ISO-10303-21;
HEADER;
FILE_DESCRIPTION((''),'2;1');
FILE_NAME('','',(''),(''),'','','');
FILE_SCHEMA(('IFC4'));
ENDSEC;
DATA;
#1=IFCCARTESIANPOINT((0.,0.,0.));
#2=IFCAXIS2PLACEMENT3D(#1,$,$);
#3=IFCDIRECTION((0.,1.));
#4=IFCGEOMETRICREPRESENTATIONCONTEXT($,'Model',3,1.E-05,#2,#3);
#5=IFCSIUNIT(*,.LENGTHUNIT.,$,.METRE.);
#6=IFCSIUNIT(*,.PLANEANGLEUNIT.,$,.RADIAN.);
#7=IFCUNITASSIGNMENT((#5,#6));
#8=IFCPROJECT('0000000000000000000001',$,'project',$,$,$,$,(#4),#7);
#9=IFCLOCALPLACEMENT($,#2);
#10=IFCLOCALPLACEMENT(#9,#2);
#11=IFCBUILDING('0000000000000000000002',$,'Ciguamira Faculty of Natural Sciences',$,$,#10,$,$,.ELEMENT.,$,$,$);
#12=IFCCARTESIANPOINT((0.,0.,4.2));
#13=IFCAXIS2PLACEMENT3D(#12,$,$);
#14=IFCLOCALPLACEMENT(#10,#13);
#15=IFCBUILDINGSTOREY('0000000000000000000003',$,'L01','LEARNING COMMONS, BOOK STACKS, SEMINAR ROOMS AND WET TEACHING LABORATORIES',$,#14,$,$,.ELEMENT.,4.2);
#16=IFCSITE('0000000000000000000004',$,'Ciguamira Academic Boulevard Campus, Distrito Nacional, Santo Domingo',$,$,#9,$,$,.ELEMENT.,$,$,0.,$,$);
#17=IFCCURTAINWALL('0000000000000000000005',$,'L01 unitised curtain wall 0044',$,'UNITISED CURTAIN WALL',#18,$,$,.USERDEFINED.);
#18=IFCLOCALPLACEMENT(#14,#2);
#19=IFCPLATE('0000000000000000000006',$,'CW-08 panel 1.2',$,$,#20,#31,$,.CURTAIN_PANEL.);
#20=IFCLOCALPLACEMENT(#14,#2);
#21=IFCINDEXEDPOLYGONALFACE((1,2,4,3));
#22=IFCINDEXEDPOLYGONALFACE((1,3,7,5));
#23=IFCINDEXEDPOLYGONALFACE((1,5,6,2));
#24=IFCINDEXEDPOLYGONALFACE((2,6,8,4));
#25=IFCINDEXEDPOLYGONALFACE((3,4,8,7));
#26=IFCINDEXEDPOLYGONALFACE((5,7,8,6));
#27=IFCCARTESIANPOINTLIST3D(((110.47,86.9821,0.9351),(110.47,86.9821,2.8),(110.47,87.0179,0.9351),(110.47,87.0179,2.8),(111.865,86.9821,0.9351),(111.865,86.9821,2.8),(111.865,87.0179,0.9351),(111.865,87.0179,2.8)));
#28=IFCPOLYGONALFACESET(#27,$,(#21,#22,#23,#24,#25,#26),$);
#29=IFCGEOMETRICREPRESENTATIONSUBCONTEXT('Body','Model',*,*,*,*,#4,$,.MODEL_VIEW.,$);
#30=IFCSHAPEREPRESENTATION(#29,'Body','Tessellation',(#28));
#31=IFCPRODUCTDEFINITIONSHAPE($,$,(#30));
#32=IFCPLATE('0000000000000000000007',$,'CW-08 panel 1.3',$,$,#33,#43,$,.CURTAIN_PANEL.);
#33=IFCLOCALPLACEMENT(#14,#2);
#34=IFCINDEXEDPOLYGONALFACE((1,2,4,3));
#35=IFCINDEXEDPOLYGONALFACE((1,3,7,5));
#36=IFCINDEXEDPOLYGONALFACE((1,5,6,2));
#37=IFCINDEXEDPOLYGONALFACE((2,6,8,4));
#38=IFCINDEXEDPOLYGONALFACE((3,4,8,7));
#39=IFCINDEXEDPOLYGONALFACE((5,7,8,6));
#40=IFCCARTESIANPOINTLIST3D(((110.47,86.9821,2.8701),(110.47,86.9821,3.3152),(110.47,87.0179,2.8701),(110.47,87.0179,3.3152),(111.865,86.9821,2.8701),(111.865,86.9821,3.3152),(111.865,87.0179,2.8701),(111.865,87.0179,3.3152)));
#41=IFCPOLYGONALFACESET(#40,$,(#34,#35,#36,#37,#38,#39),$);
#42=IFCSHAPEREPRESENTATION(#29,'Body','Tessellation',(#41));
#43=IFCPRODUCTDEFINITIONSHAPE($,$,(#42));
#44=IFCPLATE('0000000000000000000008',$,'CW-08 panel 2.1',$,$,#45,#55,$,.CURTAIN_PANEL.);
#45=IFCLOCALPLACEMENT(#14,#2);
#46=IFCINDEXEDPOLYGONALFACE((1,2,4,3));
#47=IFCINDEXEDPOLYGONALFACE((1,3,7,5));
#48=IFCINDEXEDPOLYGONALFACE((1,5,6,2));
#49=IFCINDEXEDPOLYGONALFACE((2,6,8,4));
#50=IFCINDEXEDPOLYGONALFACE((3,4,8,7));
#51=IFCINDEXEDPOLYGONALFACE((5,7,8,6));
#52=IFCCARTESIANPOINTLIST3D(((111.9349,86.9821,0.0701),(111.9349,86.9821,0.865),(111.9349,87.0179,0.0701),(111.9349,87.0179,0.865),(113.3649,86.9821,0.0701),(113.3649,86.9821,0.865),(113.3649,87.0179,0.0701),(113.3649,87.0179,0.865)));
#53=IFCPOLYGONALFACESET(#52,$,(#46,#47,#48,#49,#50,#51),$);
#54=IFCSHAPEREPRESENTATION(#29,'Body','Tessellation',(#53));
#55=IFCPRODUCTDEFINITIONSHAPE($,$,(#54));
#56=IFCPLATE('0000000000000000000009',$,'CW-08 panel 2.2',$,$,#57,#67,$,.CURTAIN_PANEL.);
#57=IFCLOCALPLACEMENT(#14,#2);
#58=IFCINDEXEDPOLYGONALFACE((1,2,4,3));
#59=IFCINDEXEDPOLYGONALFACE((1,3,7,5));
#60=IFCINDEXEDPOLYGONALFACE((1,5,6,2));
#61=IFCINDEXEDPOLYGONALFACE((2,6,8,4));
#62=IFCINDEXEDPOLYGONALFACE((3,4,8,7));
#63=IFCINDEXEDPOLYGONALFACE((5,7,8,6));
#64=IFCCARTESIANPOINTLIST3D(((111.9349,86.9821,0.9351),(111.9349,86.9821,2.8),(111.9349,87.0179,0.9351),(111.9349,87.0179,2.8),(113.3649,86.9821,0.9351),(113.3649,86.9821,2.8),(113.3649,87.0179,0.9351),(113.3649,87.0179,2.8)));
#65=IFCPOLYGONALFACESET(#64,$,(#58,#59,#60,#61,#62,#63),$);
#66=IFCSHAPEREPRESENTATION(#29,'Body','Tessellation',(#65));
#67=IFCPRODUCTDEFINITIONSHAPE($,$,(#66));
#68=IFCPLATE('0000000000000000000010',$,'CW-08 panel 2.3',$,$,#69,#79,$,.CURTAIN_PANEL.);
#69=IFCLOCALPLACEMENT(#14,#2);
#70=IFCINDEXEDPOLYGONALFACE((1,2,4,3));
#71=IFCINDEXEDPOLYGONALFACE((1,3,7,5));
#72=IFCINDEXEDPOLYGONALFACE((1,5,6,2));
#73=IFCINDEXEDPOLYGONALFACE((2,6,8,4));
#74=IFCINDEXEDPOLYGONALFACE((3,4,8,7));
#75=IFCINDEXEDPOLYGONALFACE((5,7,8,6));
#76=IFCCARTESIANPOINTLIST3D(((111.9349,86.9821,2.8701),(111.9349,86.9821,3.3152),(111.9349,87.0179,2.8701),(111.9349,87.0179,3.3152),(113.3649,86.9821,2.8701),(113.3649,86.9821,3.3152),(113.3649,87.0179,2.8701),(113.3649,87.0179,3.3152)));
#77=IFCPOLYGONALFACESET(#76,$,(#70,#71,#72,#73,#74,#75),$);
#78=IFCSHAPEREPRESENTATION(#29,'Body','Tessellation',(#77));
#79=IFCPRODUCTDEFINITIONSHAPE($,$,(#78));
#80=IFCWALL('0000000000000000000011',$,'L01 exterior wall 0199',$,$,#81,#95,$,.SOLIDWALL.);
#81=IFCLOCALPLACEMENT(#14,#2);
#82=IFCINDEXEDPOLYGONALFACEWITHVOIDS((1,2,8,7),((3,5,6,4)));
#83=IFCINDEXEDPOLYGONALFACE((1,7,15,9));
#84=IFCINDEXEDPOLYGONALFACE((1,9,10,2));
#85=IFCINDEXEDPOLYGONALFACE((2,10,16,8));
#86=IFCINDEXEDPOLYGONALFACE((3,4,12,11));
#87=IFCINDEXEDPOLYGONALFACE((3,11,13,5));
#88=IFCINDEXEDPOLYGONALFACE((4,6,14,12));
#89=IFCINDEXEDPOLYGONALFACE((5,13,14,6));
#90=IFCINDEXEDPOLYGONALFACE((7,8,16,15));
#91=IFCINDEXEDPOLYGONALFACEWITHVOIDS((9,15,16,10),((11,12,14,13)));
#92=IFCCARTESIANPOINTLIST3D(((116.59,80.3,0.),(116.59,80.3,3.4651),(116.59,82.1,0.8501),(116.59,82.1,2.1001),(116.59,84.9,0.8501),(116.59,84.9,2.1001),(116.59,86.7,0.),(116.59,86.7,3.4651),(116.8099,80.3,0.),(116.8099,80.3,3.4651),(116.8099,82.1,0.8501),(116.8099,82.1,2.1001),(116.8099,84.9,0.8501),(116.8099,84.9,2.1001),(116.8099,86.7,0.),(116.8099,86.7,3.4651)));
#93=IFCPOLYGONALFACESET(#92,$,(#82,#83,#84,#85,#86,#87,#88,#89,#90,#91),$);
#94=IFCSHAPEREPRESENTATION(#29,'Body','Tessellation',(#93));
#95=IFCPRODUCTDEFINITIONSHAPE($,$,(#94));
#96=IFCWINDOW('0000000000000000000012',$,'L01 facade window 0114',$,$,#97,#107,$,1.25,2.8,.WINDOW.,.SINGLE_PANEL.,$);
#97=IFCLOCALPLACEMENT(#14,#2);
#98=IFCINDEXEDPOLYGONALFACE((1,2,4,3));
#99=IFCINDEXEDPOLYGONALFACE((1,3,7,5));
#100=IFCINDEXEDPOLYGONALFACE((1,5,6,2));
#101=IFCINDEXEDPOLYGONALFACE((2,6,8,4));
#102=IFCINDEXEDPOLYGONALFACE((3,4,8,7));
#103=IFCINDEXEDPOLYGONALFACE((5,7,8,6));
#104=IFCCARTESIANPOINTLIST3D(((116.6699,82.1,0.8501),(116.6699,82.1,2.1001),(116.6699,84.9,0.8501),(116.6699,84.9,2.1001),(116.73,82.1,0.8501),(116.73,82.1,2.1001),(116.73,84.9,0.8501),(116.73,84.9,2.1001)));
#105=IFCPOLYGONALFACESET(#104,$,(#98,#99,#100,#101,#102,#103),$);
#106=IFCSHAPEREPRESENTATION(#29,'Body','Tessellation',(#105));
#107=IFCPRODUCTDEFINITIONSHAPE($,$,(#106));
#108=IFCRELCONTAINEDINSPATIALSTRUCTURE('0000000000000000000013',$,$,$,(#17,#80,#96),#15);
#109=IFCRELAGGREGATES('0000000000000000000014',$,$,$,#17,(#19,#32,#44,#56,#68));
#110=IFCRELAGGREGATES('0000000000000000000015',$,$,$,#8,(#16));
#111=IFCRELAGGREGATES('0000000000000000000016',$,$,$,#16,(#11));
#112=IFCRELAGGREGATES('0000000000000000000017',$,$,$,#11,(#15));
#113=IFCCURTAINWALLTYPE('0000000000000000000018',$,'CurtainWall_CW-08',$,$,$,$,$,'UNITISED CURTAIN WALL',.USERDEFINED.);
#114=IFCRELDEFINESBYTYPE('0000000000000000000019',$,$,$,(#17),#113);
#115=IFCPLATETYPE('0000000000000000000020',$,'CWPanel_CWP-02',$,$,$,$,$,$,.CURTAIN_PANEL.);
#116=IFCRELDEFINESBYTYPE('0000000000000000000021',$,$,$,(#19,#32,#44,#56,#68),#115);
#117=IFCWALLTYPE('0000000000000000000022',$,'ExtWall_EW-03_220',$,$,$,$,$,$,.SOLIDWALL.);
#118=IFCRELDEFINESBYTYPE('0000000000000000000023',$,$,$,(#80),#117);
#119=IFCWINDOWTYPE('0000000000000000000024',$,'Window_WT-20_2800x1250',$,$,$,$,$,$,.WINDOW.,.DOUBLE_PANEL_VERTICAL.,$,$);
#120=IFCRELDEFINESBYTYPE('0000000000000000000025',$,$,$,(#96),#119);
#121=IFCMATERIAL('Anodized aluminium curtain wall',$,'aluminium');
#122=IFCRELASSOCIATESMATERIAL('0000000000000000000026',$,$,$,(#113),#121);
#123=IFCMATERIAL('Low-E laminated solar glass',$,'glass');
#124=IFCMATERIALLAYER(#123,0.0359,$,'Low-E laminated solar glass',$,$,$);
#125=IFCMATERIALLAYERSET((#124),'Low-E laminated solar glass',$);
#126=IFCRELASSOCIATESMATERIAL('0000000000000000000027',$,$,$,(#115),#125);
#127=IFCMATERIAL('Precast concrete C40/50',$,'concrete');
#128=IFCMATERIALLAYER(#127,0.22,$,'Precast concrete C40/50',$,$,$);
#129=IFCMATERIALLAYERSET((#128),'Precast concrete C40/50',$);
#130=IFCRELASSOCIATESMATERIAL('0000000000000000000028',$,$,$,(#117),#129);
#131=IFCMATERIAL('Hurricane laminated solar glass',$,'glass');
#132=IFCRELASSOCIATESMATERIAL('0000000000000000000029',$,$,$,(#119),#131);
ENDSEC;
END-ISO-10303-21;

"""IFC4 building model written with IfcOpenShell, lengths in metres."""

from ifc_helpers import new_model, si_unit, direction, frame, frame_2d, origin, origin_2d, place, context, subcontext, project, spatial, rectangle, extrude, material, layer, layer_set, type_object, element, fill, aggregate, save


model = new_model("IFC4")

# Units and contexts
model_context = context("Model", 3, precision=1e-05, world=origin(), true_north=direction((0.0, 1.0)))
body_context = subcontext(model_context, "Body", "Model", "MODEL_VIEW")
ifc_project = project(units=[si_unit("LENGTHUNIT", "METRE"), si_unit("PLANEANGLEUNIT", "RADIAN")], contexts=[model_context])

# Site, building, storey
site_placement = place(None, origin())
site = spatial("IfcSite", under=ifc_project, at=site_placement, Name="Ciguamira Academic Boulevard Campus, Distrito Nacional, Santo Domingo", CompositionType="ELEMENT", RefElevation=0.0)
building_placement = place(site_placement, origin())
building = spatial("IfcBuilding", under=site, at=building_placement, Name="Ciguamira Faculty of Natural Sciences", CompositionType="ELEMENT")
storey_placement = place(building_placement, frame((0.0, 0.0, 4.2)))
storey = spatial("IfcBuildingStorey", under=building, at=storey_placement, Name="L01", Description="LEARNING COMMONS, BOOK STACKS, SEMINAR ROOMS AND WET TEACHING LABORATORIES", CompositionType="ELEMENT", Elevation=4.2)

# Curtain wall
ifc_material_1 = material(Name="Anodized aluminium curtain wall", Category="aluminium")
curtain_wall_type = type_object("IfcCurtainWallType", Name="CurtainWall_CW-08", ElementType="UNITISED CURTAIN WALL", PredefinedType="USERDEFINED", material=ifc_material_1)
curtain_wall_placement = place(storey_placement, origin())
curtain_wall = element("IfcCurtainWall", 1, at=curtain_wall_placement, inside=storey, type_object=curtain_wall_type, Name="L01 unitised curtain wall 0044", ObjectType="UNITISED CURTAIN WALL", PredefinedType="USERDEFINED")

# Shared definitions
ifc_material_2 = material(Name="Precast concrete C40/50", Category="concrete")

# Plates
ifc_material_3 = material(Name="Low-E laminated solar glass", Category="glass")
ifc_layer_1 = layer(ifc_material_3, 0.0359, Name="Low-E laminated solar glass")
ifc_layer_set_1 = layer_set([ifc_layer_1], Name="Low-E laminated solar glass")
plate_type = type_object("IfcPlateType", Name="CWPanel_CWP-02", PredefinedType="CURTAIN_PANEL", material=ifc_layer_set_1)
plate_1_placement = place(storey_placement, frame((111.1675, 87.0, 0.9351), z_axis=(0.0, 0.0, 1.0), x_axis=(1.0, 0.0, 0.0)))
plate_1 = element("IfcPlate", 2, at=plate_1_placement, type_object=plate_type, Name="CW-08 panel 1.2", PredefinedType="CURTAIN_PANEL", context=body_context, shape_type="SweptSolid", body=[
    extrude(rectangle(XDim=1.395, YDim=0.0359, at=origin_2d()), origin(), (0.0, 0.0, 1.0), 1.865),
])
plate_2_placement = place(storey_placement, frame((111.1675, 87.0, 2.8701), z_axis=(0.0, 0.0, 1.0), x_axis=(1.0, 0.0, 0.0)))
plate_2 = element("IfcPlate", 3, at=plate_2_placement, type_object=plate_type, Name="CW-08 panel 1.3", PredefinedType="CURTAIN_PANEL", context=body_context, shape_type="SweptSolid", body=[
    extrude(rectangle(XDim=1.395, YDim=0.0359, at=origin_2d()), origin(), (0.0, 0.0, 1.0), 0.4451),
])
plate_3_placement = place(storey_placement, frame((112.6499, 87.0, 0.0701), z_axis=(0.0, 0.0, 1.0), x_axis=(1.0, 0.0, 0.0)))
plate_3 = element("IfcPlate", 4, at=plate_3_placement, type_object=plate_type, Name="CW-08 panel 2.1", PredefinedType="CURTAIN_PANEL", context=body_context, shape_type="SweptSolid", body=[
    extrude(rectangle(XDim=1.4299, YDim=0.0359, at=origin_2d()), origin(), (0.0, 0.0, 1.0), 0.7949),
])
plate_4_placement = place(storey_placement, frame((112.6499, 87.0, 0.9351), z_axis=(0.0, 0.0, 1.0), x_axis=(1.0, 0.0, 0.0)))
plate_4 = element("IfcPlate", 5, at=plate_4_placement, type_object=plate_type, Name="CW-08 panel 2.2", PredefinedType="CURTAIN_PANEL", context=body_context, shape_type="SweptSolid", body=[
    extrude(rectangle(XDim=1.4299, YDim=0.0359, at=origin_2d()), origin(), (0.0, 0.0, 1.0), 1.865),
])
plate_5_placement = place(storey_placement, frame((112.6499, 87.0, 2.8701), z_axis=(0.0, 0.0, 1.0), x_axis=(1.0, 0.0, 0.0)))
plate_5 = element("IfcPlate", 6, at=plate_5_placement, type_object=plate_type, Name="CW-08 panel 2.3", PredefinedType="CURTAIN_PANEL", context=body_context, shape_type="SweptSolid", body=[
    extrude(rectangle(XDim=1.4299, YDim=0.0359, at=origin_2d()), origin(), (0.0, 0.0, 1.0), 0.4451),
])
aggregate(curtain_wall, [plate_1, plate_2, plate_3, plate_4, plate_5])

# Wall, opening, window
ifc_layer_2 = layer(ifc_material_2, 0.22, Name="Precast concrete C40/50")
ifc_layer_set_2 = layer_set([ifc_layer_2], Name="Precast concrete C40/50")
wall_type = type_object("IfcWallType", Name="ExtWall_EW-03_220", PredefinedType="SOLIDWALL", material=ifc_layer_set_2)
wall_placement = place(storey_placement, frame((116.7, 80.3, 0.0), z_axis=(0.0, 0.0, 1.0), x_axis=(0.0, 1.0, 0.0)))
wall = element("IfcWall", 7, at=wall_placement, inside=storey, type_object=wall_type, Name="L01 exterior wall 0199", PredefinedType="SOLIDWALL", context=body_context, shape_type="SweptSolid", body=[
    extrude(rectangle(XDim=6.3999, YDim=0.22, at=frame_2d((3.2, 0.0))), origin(), (0.0, 0.0, 1.0), 3.4651),
])
opening_placement = place(wall_placement, frame((1.8, 0.0, 0.8501)))
opening = element("IfcOpeningElement", 8, at=opening_placement, cuts=wall, PredefinedType="OPENING", context=body_context, shape_type="SweptSolid", body=[
    extrude(rectangle(XDim=2.8, YDim=1.25, at=frame_2d((1.3999, 0.625))), frame((0.0, 0.1199, 0.0), z_axis=(0.0, -1.0, 0.0), x_axis=(1.0, 0.0, 0.0)), (0.0, 0.0, 1.0), 0.24),
])
ifc_material_4 = material(Name="Hurricane laminated solar glass", Category="glass")
window_type = type_object("IfcWindowType", Name="Window_WT-20_2800x1250", PartitioningType="DOUBLE_PANEL_VERTICAL", PredefinedType="WINDOW", material=ifc_material_4)
window_placement = place(opening_placement, origin())
window = element("IfcWindow", 9, at=window_placement, inside=storey, type_object=window_type, Name="L01 facade window 0114", OverallHeight=1.25, OverallWidth=2.8, PartitioningType="SINGLE_PANEL", PredefinedType="WINDOW", context=body_context, shape_type="SweptSolid", body=[
    extrude(rectangle(XDim=2.8, YDim=1.25, at=frame_2d((1.3999, 0.625))), frame((0.0, 0.03, 0.0), z_axis=(0.0, -1.0, 0.0), x_axis=(1.0, 0.0, 0.0)), (0.0, 0.0, 1.0), 0.0601),
])
fill(opening, window)

save(model, "model.ifc")
